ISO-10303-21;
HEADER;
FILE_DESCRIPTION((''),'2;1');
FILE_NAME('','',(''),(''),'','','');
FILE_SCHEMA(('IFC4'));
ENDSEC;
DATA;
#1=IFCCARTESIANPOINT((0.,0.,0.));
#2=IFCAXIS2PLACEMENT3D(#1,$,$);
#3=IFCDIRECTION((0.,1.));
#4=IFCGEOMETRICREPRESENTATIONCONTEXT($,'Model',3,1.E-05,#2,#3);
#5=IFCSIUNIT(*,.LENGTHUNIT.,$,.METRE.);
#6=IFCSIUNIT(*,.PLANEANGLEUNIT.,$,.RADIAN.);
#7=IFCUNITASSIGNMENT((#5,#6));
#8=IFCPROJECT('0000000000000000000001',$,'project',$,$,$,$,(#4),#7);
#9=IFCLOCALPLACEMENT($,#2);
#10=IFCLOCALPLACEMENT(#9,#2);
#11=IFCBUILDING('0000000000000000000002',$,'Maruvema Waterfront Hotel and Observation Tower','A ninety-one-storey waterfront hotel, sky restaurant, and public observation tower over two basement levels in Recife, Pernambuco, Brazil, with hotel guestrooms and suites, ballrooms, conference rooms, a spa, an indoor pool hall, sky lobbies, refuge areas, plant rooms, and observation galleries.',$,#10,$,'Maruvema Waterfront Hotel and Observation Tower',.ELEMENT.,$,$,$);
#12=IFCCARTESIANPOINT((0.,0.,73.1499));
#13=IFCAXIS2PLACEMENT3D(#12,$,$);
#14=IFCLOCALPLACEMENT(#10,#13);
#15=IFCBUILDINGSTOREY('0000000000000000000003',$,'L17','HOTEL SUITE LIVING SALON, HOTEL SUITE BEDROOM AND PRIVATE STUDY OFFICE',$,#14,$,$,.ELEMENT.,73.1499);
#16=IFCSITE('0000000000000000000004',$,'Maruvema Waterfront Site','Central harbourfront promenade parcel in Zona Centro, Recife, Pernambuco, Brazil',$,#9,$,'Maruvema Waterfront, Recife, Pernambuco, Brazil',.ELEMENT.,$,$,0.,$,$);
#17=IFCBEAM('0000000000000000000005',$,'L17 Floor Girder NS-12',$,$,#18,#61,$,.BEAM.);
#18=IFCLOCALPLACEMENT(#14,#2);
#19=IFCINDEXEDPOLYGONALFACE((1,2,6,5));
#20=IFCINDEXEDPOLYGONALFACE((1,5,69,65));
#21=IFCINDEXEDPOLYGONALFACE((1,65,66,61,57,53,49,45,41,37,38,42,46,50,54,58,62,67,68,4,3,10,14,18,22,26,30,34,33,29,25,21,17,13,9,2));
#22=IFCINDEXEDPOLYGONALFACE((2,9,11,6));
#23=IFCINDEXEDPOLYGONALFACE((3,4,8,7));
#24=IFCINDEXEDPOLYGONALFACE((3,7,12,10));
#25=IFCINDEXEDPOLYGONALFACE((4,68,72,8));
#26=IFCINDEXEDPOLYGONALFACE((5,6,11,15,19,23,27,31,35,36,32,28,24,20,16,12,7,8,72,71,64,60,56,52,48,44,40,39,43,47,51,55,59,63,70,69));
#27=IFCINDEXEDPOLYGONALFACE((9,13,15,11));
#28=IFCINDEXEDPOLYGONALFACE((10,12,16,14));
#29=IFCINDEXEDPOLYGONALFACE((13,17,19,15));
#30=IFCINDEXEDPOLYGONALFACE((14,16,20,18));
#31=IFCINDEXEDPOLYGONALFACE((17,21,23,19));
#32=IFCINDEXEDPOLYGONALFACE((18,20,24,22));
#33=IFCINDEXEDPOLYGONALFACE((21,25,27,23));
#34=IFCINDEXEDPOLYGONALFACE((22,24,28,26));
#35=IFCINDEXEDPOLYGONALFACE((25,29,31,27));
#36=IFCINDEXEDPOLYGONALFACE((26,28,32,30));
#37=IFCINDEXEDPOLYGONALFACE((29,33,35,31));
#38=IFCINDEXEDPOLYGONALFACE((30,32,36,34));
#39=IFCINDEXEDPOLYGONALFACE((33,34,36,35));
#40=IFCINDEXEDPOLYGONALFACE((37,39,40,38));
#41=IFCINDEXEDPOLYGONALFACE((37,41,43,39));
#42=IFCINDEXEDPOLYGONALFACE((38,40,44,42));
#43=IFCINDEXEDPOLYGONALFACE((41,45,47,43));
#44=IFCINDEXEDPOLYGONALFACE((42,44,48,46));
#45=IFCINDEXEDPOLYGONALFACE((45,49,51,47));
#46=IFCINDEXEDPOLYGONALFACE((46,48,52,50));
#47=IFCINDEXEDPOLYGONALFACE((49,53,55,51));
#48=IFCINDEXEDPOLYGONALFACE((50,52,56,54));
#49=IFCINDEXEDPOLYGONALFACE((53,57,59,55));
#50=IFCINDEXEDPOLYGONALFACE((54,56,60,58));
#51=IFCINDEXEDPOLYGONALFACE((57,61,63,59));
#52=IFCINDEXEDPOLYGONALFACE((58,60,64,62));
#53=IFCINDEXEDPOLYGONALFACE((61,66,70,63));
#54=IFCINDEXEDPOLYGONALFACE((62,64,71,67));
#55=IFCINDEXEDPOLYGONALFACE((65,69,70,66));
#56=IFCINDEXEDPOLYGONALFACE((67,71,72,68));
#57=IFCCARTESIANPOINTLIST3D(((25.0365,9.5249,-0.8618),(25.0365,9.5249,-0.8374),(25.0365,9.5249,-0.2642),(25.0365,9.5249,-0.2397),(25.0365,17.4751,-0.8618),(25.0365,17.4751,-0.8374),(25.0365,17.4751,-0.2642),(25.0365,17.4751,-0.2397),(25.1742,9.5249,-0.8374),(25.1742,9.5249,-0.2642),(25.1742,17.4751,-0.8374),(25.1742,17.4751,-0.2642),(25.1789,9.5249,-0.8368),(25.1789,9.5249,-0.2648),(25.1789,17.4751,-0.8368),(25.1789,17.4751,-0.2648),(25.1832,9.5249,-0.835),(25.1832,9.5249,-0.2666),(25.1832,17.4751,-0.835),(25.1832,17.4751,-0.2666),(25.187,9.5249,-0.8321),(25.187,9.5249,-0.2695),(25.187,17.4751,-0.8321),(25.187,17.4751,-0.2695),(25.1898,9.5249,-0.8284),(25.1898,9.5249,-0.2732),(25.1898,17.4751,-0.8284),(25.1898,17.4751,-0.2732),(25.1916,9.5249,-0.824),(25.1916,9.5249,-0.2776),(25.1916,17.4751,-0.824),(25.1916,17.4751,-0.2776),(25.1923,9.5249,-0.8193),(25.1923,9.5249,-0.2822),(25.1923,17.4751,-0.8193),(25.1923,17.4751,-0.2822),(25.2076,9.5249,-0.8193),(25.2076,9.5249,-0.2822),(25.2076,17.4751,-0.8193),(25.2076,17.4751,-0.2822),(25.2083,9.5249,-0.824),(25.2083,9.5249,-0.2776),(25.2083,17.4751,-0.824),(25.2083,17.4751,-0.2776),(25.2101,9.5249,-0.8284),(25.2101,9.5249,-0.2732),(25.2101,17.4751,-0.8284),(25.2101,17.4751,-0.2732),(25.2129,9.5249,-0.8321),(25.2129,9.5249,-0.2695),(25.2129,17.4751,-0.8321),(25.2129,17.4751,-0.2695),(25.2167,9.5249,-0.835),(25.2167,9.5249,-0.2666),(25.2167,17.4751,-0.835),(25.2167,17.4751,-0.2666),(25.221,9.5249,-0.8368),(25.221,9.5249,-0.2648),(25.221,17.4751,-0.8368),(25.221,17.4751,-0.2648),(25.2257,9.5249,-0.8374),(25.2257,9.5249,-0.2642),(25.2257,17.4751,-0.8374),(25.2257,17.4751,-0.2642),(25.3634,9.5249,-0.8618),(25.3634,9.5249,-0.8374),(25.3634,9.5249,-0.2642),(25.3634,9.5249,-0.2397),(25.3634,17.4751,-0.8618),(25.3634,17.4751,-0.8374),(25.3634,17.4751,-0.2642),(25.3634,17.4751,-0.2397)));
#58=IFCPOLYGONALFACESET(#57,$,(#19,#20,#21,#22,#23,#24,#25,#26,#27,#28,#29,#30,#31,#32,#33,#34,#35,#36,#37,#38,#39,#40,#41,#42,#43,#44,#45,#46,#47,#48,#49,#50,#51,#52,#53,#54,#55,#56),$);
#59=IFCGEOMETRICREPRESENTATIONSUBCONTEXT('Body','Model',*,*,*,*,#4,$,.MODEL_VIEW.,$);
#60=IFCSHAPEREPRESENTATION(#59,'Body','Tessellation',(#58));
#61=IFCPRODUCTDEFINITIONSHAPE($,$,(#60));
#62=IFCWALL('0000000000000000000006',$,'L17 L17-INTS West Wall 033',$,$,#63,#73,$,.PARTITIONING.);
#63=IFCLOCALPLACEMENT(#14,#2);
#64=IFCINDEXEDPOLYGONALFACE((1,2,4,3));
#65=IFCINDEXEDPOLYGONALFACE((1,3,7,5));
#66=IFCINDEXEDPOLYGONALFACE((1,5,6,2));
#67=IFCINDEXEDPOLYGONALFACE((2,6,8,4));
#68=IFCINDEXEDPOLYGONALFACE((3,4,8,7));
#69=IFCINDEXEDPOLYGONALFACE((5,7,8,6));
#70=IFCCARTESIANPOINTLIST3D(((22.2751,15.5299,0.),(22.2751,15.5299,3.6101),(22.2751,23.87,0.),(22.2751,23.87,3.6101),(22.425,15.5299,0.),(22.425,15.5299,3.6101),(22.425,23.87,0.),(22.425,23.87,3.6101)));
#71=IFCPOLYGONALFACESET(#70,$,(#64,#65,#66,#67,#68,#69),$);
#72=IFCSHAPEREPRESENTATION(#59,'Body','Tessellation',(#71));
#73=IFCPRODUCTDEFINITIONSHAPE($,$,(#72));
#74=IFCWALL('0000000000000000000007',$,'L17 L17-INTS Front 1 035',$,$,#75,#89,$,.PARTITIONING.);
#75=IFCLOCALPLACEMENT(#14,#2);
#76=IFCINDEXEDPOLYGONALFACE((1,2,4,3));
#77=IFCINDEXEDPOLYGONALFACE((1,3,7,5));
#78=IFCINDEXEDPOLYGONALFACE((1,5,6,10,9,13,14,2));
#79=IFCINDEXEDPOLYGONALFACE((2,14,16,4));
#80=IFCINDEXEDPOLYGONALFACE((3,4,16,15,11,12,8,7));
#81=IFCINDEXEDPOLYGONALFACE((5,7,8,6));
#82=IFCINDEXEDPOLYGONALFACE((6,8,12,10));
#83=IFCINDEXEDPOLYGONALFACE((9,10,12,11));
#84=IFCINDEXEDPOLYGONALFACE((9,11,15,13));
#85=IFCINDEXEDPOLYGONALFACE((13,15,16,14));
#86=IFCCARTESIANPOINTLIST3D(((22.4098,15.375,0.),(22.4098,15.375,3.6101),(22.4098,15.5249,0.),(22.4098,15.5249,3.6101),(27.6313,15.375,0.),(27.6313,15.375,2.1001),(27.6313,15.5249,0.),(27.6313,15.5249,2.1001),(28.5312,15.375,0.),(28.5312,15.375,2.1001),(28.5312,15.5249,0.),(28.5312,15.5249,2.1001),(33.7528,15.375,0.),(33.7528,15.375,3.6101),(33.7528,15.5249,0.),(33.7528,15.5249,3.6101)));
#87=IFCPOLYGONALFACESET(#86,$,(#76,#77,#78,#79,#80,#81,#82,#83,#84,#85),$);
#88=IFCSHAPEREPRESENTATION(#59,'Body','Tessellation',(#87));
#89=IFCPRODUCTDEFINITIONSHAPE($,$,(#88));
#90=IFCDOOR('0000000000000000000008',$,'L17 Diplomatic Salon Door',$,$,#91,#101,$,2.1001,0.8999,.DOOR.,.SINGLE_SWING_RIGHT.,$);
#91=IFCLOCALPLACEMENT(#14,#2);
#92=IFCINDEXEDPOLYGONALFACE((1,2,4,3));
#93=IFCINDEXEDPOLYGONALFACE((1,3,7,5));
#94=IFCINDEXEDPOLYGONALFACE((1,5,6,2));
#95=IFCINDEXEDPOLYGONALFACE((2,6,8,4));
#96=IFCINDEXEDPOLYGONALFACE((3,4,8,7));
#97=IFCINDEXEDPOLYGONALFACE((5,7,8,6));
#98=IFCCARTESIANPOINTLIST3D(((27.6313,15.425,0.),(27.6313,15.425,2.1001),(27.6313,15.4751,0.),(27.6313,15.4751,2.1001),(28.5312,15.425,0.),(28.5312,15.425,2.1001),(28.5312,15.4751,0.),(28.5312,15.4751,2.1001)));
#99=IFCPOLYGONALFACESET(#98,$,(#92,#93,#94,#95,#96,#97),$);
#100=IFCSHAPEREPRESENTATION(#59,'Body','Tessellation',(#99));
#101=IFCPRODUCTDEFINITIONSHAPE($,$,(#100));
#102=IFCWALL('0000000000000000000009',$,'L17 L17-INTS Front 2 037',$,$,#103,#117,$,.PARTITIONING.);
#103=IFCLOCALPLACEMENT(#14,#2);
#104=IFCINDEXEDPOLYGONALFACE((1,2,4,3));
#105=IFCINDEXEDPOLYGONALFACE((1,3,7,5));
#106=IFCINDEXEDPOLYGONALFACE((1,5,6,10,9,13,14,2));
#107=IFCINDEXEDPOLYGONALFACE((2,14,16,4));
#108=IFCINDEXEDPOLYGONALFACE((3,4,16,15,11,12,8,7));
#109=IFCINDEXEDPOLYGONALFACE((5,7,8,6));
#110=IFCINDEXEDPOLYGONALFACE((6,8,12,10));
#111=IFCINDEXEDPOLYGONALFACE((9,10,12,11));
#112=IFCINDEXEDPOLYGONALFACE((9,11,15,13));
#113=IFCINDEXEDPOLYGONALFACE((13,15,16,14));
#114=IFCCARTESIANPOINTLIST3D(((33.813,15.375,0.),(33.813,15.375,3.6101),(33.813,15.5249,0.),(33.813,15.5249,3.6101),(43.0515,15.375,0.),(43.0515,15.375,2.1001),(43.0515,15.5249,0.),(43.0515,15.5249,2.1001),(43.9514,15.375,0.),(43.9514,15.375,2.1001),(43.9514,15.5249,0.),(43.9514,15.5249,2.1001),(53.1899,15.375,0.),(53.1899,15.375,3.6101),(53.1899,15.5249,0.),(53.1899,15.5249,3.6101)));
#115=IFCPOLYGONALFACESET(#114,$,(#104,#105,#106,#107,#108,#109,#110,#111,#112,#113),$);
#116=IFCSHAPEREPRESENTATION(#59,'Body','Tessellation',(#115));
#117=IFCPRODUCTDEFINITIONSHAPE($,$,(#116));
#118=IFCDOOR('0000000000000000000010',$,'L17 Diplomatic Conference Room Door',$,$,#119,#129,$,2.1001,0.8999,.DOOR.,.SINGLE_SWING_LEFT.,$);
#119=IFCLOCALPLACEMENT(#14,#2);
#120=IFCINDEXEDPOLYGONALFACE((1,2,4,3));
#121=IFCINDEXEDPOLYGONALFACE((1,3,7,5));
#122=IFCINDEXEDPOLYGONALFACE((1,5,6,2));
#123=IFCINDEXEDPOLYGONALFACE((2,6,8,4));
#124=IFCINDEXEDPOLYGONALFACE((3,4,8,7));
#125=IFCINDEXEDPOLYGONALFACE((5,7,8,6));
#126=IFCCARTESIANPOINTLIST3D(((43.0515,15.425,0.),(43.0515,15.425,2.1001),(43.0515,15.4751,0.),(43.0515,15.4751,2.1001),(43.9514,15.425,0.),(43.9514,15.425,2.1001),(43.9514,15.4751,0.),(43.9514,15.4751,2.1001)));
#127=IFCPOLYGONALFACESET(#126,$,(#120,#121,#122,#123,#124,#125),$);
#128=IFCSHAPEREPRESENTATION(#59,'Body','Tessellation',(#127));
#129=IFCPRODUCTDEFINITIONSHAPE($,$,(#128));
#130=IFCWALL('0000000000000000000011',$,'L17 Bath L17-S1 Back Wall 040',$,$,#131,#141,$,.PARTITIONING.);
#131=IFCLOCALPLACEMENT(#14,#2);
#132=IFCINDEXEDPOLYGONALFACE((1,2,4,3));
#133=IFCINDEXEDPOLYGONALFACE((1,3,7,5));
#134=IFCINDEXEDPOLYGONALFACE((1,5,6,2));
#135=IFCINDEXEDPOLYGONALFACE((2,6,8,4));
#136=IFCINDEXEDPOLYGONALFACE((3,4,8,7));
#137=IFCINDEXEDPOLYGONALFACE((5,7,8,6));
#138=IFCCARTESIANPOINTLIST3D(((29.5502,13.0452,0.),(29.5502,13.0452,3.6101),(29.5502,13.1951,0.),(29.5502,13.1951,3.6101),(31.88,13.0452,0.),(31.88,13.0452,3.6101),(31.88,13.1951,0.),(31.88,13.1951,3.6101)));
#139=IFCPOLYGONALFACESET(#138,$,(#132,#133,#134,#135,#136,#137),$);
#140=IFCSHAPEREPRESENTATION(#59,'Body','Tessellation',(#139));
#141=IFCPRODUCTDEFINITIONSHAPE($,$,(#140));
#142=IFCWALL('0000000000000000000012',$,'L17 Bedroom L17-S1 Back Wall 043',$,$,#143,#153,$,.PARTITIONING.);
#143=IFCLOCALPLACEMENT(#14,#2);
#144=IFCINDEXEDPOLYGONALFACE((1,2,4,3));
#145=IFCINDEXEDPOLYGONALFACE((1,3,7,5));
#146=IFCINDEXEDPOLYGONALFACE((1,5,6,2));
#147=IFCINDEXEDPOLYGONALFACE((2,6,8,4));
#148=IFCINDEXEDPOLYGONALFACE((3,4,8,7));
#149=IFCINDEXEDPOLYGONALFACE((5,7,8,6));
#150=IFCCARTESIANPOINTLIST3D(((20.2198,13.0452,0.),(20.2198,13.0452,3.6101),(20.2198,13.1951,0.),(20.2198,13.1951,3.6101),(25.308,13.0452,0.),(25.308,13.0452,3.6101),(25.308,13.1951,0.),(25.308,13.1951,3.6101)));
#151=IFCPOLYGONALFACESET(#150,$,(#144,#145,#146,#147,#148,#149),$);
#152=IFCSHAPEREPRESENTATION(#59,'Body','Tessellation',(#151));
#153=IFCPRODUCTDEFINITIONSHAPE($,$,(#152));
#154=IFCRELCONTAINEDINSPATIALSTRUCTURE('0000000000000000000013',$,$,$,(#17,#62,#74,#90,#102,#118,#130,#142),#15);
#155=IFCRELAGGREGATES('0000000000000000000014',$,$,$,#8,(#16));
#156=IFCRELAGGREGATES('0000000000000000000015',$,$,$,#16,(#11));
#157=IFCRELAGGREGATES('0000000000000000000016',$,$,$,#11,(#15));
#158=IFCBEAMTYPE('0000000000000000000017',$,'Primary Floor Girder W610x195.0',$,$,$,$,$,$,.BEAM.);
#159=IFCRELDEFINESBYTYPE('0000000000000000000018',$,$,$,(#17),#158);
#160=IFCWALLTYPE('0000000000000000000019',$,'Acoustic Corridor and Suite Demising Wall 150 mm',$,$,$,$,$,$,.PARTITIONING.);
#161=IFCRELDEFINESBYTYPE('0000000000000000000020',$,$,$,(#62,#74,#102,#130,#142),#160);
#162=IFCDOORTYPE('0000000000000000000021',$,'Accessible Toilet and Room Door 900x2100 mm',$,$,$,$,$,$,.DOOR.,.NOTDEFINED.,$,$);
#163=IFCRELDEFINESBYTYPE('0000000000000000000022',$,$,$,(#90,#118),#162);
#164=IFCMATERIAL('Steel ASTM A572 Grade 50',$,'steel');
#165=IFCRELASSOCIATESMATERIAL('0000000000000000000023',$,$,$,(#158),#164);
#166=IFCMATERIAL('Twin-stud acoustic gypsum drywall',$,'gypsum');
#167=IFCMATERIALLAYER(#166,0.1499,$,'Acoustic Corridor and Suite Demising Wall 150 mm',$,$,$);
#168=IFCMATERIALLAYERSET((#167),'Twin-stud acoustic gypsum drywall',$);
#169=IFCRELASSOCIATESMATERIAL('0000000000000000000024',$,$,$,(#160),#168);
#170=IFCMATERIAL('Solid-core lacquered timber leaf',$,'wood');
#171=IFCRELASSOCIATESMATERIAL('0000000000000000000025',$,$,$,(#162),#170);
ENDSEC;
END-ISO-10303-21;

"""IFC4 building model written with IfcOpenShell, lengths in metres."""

from ifc_helpers import new_model, si_unit, direction, frame, frame_2d, origin, origin_2d, place, context, subcontext, project, spatial, rectangle, i_section, extrude, material, layer, layer_set, material_profile, profile_set, type_object, element, fill, save


model = new_model("IFC4")

# Units and contexts
model_context = context("Model", 3, precision=1e-05, world=origin(), true_north=direction((0.0, 1.0)))
body_context = subcontext(model_context, "Body", "Model", "MODEL_VIEW")
ifc_project = project(units=[si_unit("LENGTHUNIT", "METRE"), si_unit("PLANEANGLEUNIT", "RADIAN")], contexts=[model_context])

# Site, building, storey
site_placement = place(None, origin())
site = spatial("IfcSite", under=ifc_project, at=site_placement, Name="Maruvema Waterfront Site", Description="Central harbourfront promenade parcel in Zona Centro, Recife, Pernambuco, Brazil", LongName="Maruvema Waterfront, Recife, Pernambuco, Brazil", CompositionType="ELEMENT", RefElevation=0.0)
building_placement = place(site_placement, origin())
building = spatial("IfcBuilding", under=site, at=building_placement, Name="Maruvema Waterfront Hotel and Observation Tower", Description="A ninety-one-storey waterfront hotel, sky restaurant, and public observation tower over two basement levels in Recife, Pernambuco, Brazil, with hotel guestrooms and suites, ballrooms, conference rooms, a spa, an indoor pool hall, sky lobbies, refuge areas, plant rooms, and observation galleries.", LongName="Maruvema Waterfront Hotel and Observation Tower", CompositionType="ELEMENT")
storey_placement = place(building_placement, frame((0.0, 0.0, 73.1499)))
storey = spatial("IfcBuildingStorey", under=building, at=storey_placement, Name="L17", Description="HOTEL SUITE LIVING SALON, HOTEL SUITE BEDROOM AND PRIVATE STUDY OFFICE", CompositionType="ELEMENT", Elevation=73.1499)

# Beam
ifc_material_1 = material(Name="Steel ASTM A572 Grade 50", Category="steel")
ifc_material_profile = material_profile(ifc_material_1, i_section(OverallWidth=0.3269, OverallDepth=0.6221, WebThickness=0.0154, FlangeThickness=0.0244, FilletRadius=0.0181, at=origin_2d()), Name="W610x195.0")
ifc_profile_set = profile_set([ifc_material_profile], Name="Steel ASTM A572 Grade 50")
beam_type = type_object("IfcBeamType", Name="Primary Floor Girder W610x195.0", PredefinedType="BEAM", material=ifc_profile_set)
beam_placement = place(storey_placement, frame((25.2, 9.5249, -0.5508), z_axis=(0.0, 1.0, 0.0), x_axis=(-1.0, 0.0, 0.0)))
element("IfcBeam", 1, at=beam_placement, inside=storey, type_object=beam_type, Name="L17 Floor Girder NS-12", PredefinedType="BEAM", context=body_context, shape_type="SweptSolid", body=[
    extrude(i_section(OverallWidth=0.3269, OverallDepth=0.6221, WebThickness=0.0154, FlangeThickness=0.0244, FilletRadius=0.0181, at=origin_2d()), origin(), (0.0, 0.0, 1.0), 7.9502),
])

# Wall
ifc_material_2 = material(Name="Twin-stud acoustic gypsum drywall", Category="gypsum")
ifc_layer_1 = layer(ifc_material_2, 0.1499, Name="Acoustic Corridor and Suite Demising Wall 150 mm")
ifc_layer_set_1 = layer_set([ifc_layer_1], Name="Twin-stud acoustic gypsum drywall")
wall_type_1 = type_object("IfcWallType", Name="Acoustic Corridor and Suite Demising Wall 150 mm", PredefinedType="PARTITIONING", material=ifc_layer_set_1)
wall_1_placement = place(storey_placement, frame((22.3501, 15.53, 0.0), z_axis=(0.0, 0.0, 1.0), x_axis=(0.0, 1.0, 0.0)))
element("IfcWall", 2, at=wall_1_placement, inside=storey, type_object=wall_type_1, Name="L17 L17-INTS West Wall 033", PredefinedType="PARTITIONING", context=body_context, shape_type="SweptSolid", body=[
    extrude(rectangle(XDim=8.3401, YDim=0.1499, at=frame_2d((4.1699, 0.0))), origin(), (0.0, 0.0, 1.0), 3.6101),
])

# Walls, openings, doors
wall_2_placement = place(storey_placement, frame((22.4099, 15.45, 0.0), z_axis=(0.0, 0.0, 1.0), x_axis=(1.0, 0.0, 0.0)))
wall_2 = element("IfcWall", 3, at=wall_2_placement, inside=storey, type_object=wall_type_1, Name="L17 L17-INTS Front 1 035", PredefinedType="PARTITIONING", context=body_context, shape_type="SweptSolid", body=[
    extrude(rectangle(XDim=11.343, YDim=0.1499, at=frame_2d((5.6714, 0.0))), origin(), (0.0, 0.0, 1.0), 3.6101),
])
opening_1_placement = place(wall_2_placement, frame((5.2214, 0.0, 0.0)))
opening_1 = element("IfcOpeningElement", 4, at=opening_1_placement, cuts=wall_2, PredefinedType="OPENING", context=body_context, shape_type="SweptSolid", body=[
    extrude(rectangle(XDim=0.8999, YDim=2.1001, at=frame_2d((0.45, 1.05))), frame((0.0, 0.085, 0.0), z_axis=(0.0, -1.0, 0.0), x_axis=(1.0, 0.0, 0.0)), (0.0, 0.0, 1.0), 0.1699),
])
ifc_material_3 = material(Name="Solid-core lacquered timber leaf", Category="wood")
door_type_1 = type_object("IfcDoorType", Name="Accessible Toilet and Room Door 900x2100 mm", OperationType="NOTDEFINED", PredefinedType="DOOR", material=ifc_material_3)
door_1_placement = place(opening_1_placement, frame((0.8999, 0.0, 0.0), z_axis=(0.0, 0.0, 1.0), x_axis=(-1.0, 0.0, 0.0)))
door_1 = element("IfcDoor", 5, at=door_1_placement, inside=storey, type_object=door_type_1, Name="L17 Diplomatic Salon Door", OperationType="SINGLE_SWING_RIGHT", OverallHeight=2.1001, OverallWidth=0.8999, PredefinedType="DOOR", context=body_context, shape_type="SweptSolid", body=[
    extrude(rectangle(XDim=0.8999, YDim=2.1001, at=frame_2d((0.45, 1.05))), frame((0.0, 0.0249, 0.0), z_axis=(0.0, -1.0, 0.0), x_axis=(1.0, 0.0, 0.0)), (0.0, 0.0, 1.0), 0.05),
])
fill(opening_1, door_1)
wall_3_placement = place(storey_placement, frame((33.813, 15.45, 0.0), z_axis=(0.0, 0.0, 1.0), x_axis=(1.0, 0.0, 0.0)))
wall_3 = element("IfcWall", 6, at=wall_3_placement, inside=storey, type_object=wall_type_1, Name="L17 L17-INTS Front 2 037", PredefinedType="PARTITIONING", context=body_context, shape_type="SweptSolid", body=[
    extrude(rectangle(XDim=19.377, YDim=0.1499, at=frame_2d((9.6885, 0.0))), origin(), (0.0, 0.0, 1.0), 3.6101),
])
opening_2_placement = place(wall_3_placement, frame((9.2385, 0.0, 0.0)))
opening_2 = element("IfcOpeningElement", 7, at=opening_2_placement, cuts=wall_3, PredefinedType="OPENING", context=body_context, shape_type="SweptSolid", body=[
    extrude(rectangle(XDim=0.8999, YDim=2.1001, at=frame_2d((0.45, 1.05))), frame((0.0, 0.085, 0.0), z_axis=(0.0, -1.0, 0.0), x_axis=(1.0, 0.0, 0.0)), (0.0, 0.0, 1.0), 0.1699),
])
door_2_placement = place(opening_2_placement, frame((0.8999, 0.0, 0.0), z_axis=(0.0, 0.0, 1.0), x_axis=(-1.0, 0.0, 0.0)))
door_2 = element("IfcDoor", 8, at=door_2_placement, inside=storey, type_object=door_type_1, Name="L17 Diplomatic Conference Room Door", OperationType="SINGLE_SWING_LEFT", OverallHeight=2.1001, OverallWidth=0.8999, PredefinedType="DOOR", context=body_context, shape_type="SweptSolid", body=[
    extrude(rectangle(XDim=0.8999, YDim=2.1001, at=frame_2d((0.45, 1.05))), frame((0.0, 0.0249, 0.0), z_axis=(0.0, -1.0, 0.0), x_axis=(1.0, 0.0, 0.0)), (0.0, 0.0, 1.0), 0.05),
])
fill(opening_2, door_2)

# Walls
wall_4_placement = place(storey_placement, frame((29.55, 13.1201, 0.0), z_axis=(0.0, 0.0, 1.0), x_axis=(1.0, 0.0, 0.0)))
element("IfcWall", 9, at=wall_4_placement, inside=storey, type_object=wall_type_1, Name="L17 Bath L17-S1 Back Wall 040", PredefinedType="PARTITIONING", context=body_context, shape_type="SweptSolid", body=[
    extrude(rectangle(XDim=2.3298, YDim=0.1499, at=frame_2d((1.165, 0.0))), origin(), (0.0, 0.0, 1.0), 3.6101),
])
wall_5_placement = place(storey_placement, frame((20.22, 13.1201, 0.0), z_axis=(0.0, 0.0, 1.0), x_axis=(1.0, 0.0, 0.0)))
element("IfcWall", 10, at=wall_5_placement, inside=storey, type_object=wall_type_1, Name="L17 Bedroom L17-S1 Back Wall 043", PredefinedType="PARTITIONING", context=body_context, shape_type="SweptSolid", body=[
    extrude(rectangle(XDim=5.0881, YDim=0.1499, at=frame_2d((2.5439, 0.0))), origin(), (0.0, 0.0, 1.0), 3.6101),
])

save(model, "model.ifc")
